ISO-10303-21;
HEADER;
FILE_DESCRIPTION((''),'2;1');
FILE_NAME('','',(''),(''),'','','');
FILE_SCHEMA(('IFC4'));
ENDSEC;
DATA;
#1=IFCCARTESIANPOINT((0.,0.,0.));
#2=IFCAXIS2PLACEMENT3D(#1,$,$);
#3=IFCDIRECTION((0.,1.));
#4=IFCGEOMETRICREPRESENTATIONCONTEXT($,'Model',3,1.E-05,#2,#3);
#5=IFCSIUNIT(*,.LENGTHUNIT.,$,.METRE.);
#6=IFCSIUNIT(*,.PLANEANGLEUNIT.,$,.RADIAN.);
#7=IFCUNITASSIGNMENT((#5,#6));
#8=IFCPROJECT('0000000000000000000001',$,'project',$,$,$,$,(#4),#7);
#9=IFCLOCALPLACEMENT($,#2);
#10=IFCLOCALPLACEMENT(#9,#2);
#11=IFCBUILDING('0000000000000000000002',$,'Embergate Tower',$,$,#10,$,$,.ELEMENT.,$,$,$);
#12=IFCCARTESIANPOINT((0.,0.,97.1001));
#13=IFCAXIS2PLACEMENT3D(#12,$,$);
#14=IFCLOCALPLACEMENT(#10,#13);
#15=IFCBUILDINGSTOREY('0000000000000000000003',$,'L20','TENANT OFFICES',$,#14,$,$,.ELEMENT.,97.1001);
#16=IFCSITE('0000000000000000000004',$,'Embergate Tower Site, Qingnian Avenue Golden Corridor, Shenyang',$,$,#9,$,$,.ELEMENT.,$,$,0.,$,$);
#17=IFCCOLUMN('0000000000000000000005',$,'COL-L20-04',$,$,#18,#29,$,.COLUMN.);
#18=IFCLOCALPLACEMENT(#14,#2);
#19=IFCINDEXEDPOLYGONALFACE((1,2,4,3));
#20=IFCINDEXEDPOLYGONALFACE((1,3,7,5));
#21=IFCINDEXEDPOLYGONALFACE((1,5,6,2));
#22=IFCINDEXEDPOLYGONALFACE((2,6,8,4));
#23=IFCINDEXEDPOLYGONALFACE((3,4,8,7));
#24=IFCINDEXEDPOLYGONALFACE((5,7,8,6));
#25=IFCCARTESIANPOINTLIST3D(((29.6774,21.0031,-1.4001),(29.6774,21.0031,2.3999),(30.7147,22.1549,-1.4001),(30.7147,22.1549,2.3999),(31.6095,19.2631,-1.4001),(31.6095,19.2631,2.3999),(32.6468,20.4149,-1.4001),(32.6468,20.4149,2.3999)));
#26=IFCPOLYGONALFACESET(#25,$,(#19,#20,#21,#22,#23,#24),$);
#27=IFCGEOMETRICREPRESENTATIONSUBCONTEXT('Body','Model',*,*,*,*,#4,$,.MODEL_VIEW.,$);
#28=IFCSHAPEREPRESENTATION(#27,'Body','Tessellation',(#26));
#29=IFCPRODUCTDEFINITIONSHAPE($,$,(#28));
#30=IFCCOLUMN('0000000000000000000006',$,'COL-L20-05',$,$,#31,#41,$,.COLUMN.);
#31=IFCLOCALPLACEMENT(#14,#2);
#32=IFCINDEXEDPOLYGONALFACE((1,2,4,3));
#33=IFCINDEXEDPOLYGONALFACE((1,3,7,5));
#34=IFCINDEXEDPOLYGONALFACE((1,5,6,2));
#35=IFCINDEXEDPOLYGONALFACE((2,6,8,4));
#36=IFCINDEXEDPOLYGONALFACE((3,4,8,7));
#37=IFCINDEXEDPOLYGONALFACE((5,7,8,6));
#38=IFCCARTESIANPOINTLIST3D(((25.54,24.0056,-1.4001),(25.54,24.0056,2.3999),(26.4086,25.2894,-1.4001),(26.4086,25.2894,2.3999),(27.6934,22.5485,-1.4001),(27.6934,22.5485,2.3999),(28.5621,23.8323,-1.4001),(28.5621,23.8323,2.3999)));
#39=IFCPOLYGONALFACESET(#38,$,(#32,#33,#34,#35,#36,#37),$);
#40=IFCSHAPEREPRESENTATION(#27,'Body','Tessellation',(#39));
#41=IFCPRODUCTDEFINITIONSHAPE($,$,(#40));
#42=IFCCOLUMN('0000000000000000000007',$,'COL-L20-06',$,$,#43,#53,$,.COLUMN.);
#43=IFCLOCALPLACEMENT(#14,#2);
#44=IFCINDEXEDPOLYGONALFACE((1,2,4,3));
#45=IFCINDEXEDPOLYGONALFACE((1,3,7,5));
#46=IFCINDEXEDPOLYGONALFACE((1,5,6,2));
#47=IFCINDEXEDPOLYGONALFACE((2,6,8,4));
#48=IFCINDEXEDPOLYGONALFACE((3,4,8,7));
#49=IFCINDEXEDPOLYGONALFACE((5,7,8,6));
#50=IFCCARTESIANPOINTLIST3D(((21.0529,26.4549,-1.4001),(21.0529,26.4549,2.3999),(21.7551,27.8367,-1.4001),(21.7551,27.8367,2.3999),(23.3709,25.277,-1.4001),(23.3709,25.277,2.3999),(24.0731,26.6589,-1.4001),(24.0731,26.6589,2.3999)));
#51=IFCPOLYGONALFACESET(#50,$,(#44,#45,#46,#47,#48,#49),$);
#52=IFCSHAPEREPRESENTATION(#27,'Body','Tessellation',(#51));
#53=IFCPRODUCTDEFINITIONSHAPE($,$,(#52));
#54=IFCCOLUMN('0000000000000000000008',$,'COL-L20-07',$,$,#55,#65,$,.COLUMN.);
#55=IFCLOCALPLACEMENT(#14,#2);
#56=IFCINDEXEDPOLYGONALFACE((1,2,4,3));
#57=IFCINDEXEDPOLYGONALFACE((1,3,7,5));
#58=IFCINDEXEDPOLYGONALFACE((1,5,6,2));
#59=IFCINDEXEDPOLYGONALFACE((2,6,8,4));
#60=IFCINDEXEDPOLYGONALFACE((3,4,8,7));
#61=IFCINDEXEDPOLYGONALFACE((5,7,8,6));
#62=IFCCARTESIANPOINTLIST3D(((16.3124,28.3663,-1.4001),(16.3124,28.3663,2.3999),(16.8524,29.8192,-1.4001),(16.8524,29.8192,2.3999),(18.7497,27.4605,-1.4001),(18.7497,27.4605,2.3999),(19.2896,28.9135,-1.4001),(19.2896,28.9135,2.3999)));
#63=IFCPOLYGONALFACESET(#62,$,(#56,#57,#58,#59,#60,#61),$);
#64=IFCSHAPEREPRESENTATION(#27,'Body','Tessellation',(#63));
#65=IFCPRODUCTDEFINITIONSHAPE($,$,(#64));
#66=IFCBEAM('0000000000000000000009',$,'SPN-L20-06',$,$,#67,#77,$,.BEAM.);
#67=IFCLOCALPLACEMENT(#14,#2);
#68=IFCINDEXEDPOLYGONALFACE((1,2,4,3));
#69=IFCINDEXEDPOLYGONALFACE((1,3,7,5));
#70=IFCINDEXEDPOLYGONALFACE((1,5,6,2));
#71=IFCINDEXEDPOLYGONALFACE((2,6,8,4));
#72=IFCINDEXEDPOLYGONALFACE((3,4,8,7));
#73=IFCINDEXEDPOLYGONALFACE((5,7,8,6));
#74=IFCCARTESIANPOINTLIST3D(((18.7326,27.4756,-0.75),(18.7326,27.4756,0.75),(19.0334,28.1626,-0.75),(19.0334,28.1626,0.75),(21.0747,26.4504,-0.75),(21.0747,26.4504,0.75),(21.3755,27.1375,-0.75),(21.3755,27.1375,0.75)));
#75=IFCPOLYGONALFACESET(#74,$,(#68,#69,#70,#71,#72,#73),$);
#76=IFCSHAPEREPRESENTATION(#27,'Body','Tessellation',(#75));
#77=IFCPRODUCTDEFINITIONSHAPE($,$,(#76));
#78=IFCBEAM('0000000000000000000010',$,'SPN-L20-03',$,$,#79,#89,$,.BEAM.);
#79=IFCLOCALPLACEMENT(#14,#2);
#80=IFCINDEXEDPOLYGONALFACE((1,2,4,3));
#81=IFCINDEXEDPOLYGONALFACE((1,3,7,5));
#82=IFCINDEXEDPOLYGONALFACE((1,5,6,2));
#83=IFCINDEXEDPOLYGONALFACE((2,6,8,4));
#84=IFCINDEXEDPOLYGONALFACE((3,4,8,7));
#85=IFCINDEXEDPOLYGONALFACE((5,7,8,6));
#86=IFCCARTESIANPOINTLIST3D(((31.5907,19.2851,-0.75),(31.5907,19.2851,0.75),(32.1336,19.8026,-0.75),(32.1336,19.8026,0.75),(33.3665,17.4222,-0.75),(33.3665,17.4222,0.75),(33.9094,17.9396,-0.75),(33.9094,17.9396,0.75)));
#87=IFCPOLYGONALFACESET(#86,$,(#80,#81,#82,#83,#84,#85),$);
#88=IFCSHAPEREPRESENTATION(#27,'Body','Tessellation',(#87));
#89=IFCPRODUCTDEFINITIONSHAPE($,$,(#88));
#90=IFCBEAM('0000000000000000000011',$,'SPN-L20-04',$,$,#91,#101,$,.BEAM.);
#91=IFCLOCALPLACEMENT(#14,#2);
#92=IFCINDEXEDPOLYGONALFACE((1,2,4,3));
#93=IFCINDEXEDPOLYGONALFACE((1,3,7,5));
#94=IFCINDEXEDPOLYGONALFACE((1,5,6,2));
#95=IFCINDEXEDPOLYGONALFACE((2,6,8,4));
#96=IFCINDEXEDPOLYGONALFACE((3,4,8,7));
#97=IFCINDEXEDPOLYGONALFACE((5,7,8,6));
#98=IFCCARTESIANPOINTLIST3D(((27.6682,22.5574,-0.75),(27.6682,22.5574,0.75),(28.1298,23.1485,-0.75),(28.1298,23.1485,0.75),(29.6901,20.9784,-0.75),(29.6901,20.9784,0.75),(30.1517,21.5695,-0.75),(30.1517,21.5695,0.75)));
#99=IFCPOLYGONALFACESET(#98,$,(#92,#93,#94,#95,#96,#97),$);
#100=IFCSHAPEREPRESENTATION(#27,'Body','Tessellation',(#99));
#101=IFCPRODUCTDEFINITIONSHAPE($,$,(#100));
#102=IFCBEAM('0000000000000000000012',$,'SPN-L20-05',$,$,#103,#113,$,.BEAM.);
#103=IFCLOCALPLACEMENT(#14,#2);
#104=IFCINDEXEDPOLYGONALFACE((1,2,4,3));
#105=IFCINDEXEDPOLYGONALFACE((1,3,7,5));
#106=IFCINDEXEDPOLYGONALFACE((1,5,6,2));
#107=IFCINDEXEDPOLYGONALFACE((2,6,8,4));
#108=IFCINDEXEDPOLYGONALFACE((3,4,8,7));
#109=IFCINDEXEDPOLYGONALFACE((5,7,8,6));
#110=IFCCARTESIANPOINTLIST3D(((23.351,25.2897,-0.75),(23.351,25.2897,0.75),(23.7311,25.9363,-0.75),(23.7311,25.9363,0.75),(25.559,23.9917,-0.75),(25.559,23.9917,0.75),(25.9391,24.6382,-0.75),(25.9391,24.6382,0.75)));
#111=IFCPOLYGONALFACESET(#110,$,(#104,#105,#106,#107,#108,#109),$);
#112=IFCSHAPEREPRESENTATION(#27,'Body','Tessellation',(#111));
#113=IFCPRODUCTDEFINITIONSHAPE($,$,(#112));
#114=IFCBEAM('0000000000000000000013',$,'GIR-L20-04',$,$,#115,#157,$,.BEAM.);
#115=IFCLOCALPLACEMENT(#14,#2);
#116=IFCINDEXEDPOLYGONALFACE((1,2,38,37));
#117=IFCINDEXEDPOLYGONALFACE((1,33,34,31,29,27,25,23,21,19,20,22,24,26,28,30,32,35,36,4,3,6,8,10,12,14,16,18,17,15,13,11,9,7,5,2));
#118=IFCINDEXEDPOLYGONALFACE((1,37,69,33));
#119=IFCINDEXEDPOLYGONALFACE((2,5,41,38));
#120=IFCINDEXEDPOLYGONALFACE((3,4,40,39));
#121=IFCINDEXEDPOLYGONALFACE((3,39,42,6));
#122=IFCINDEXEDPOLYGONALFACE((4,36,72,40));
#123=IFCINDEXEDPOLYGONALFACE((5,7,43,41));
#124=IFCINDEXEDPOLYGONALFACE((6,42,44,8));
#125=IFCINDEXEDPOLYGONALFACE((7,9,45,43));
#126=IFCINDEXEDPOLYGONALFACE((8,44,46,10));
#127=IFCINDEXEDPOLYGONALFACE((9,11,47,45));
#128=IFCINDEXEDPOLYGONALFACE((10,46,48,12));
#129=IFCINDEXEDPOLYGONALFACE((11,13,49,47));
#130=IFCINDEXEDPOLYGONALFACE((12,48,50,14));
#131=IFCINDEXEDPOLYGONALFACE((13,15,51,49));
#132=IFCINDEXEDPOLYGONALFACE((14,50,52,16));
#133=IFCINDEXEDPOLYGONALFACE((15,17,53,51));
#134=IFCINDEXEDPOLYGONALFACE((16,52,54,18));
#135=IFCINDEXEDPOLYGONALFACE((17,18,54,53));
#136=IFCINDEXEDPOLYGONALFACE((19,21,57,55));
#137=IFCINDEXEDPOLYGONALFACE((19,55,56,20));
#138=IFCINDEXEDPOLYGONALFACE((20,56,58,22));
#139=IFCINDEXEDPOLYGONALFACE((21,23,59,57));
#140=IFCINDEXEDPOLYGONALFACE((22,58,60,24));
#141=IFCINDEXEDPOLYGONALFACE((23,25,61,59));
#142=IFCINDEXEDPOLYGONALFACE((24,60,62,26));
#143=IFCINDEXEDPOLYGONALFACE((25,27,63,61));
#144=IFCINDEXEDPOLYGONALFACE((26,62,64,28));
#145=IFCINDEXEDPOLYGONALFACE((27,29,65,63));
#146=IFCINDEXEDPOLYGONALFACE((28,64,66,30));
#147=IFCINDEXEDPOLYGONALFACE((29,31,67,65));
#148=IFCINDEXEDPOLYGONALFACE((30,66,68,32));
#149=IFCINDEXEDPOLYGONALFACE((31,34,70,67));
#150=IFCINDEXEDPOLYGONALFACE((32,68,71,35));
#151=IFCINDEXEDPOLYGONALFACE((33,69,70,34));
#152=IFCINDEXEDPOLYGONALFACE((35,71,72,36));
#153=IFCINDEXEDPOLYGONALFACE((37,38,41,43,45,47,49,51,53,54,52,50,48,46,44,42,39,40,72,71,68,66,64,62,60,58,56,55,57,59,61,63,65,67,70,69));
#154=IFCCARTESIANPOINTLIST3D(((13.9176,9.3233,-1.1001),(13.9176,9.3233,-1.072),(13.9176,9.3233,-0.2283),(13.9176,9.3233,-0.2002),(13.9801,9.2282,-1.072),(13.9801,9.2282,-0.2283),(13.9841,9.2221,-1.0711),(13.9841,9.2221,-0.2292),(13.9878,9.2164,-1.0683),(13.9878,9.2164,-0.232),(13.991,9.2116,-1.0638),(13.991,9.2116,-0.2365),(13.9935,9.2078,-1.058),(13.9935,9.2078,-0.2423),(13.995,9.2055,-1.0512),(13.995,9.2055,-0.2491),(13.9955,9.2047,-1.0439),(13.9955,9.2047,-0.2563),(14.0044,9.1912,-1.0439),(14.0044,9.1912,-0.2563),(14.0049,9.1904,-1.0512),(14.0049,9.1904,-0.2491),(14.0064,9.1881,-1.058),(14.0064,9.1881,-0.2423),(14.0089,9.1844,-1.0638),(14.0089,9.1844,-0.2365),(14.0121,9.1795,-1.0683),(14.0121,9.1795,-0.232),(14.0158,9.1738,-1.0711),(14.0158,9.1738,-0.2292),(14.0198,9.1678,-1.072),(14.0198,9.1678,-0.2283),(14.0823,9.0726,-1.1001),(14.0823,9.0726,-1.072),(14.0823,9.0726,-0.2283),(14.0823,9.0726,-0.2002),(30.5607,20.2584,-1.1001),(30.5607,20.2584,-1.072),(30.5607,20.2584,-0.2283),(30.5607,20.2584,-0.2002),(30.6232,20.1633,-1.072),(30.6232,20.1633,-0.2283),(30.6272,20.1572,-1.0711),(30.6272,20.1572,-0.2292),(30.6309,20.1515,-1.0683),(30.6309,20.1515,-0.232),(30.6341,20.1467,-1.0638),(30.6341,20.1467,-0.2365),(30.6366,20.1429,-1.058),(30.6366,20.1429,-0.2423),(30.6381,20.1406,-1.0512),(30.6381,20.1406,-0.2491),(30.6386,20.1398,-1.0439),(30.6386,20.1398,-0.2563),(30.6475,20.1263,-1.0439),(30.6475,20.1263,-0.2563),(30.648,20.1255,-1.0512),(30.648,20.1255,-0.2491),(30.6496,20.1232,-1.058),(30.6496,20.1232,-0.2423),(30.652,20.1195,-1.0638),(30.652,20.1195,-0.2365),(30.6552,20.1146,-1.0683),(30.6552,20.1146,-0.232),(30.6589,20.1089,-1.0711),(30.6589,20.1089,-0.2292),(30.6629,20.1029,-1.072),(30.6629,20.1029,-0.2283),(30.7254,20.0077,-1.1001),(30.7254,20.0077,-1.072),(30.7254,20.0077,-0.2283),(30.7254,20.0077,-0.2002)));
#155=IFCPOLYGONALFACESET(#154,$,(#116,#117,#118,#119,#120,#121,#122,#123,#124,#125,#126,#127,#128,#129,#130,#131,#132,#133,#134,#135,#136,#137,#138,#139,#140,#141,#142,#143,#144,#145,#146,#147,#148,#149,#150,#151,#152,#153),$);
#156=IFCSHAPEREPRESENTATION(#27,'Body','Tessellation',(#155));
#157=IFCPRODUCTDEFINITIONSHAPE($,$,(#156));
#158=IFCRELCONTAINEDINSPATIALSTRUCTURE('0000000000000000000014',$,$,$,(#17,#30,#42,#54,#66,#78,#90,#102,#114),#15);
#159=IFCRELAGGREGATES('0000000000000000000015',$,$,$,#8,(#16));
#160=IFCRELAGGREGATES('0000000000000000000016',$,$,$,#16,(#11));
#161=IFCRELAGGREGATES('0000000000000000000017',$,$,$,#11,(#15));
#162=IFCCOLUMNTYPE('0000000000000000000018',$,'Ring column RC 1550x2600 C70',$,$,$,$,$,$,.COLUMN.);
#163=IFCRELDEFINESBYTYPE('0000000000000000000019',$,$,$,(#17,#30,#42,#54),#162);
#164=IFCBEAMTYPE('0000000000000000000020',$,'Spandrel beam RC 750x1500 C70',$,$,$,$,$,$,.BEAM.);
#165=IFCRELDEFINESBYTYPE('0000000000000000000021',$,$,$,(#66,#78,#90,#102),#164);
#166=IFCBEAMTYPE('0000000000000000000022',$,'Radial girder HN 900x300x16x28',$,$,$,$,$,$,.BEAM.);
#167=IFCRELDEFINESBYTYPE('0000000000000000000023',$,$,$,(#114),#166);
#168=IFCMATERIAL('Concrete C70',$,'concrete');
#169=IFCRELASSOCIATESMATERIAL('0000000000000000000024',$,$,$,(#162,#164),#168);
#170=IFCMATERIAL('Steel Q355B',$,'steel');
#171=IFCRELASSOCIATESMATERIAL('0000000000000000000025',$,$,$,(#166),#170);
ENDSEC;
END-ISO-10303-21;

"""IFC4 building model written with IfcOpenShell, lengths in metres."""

from ifc_helpers import new_model, si_unit, direction, frame, origin, origin_2d, place, context, subcontext, project, spatial, rectangle, i_section, extrude, source, transform, mapped, material, material_profile, profile_set, type_object, element, save


model = new_model("IFC4")

# Units and contexts
model_context = context("Model", 3, precision=1e-05, world=origin(), true_north=direction((0.0, 1.0)))
body_context = subcontext(model_context, "Body", "Model", "MODEL_VIEW")
ifc_project = project(units=[si_unit("LENGTHUNIT", "METRE"), si_unit("PLANEANGLEUNIT", "RADIAN")], contexts=[model_context])

# Site, building, storey
site_placement = place(None, origin())
site = spatial("IfcSite", under=ifc_project, at=site_placement, Name="Embergate Tower Site, Qingnian Avenue Golden Corridor, Shenyang", CompositionType="ELEMENT", RefElevation=0.0)
building_placement = place(site_placement, origin())
building = spatial("IfcBuilding", under=site, at=building_placement, Name="Embergate Tower", CompositionType="ELEMENT")
storey_placement = place(building_placement, frame((0.0, 0.0, 97.1001)))
storey = spatial("IfcBuildingStorey", under=building, at=storey_placement, Name="L20", Description="TENANT OFFICES", CompositionType="ELEMENT", Elevation=97.1001)

# Columns
ifc_material_1 = material(Name="Concrete C70", Category="concrete")
ifc_material_profile_1 = material_profile(ifc_material_1, rectangle(XDim=1.55, YDim=2.6001, at=origin_2d()), Name="RC 1550x2600")
ifc_profile_set_1 = profile_set([ifc_material_profile_1], Name="Concrete C70")
column_type = type_object("IfcColumnType", Name="Ring column RC 1550x2600 C70", PredefinedType="COLUMN", material=ifc_profile_set_1)
shared_shape_1 = source(origin(), body_context, "Body", "SweptSolid", [
    extrude(rectangle(XDim=1.55, YDim=2.6001, at=origin_2d()), origin(), (0.0, 0.0, 1.0), 3.8),
])
for number, where, z_axis, x_axis, name in (
    (1, (31.1621, 20.709, -1.4001), (0.0, 0.0, 1.0), (0.669208, 0.743075, 0.0), "COL-L20-04"),
    (2, (27.051, 23.9189, -1.4001), (0.0, 0.0, 1.0), (0.560393, 0.828227, 0.0), "COL-L20-05"),
    (3, (22.563, 26.5569, -1.4001), (0.0, 0.0, 1.0), (0.452995, 0.891513, 0.0), "COL-L20-06"),
    (4, (17.801, 28.6399, -1.4001), (0.0, 0.0, 1.0), (0.348343, 0.937367, 0.0), "COL-L20-07"),
):
    element("IfcColumn", number, at=place(storey_placement, frame(where, z_axis=z_axis, x_axis=x_axis)), inside=storey, type_object=column_type, Name=name, PredefinedType="COLUMN", context=body_context, shape_type="MappedRepresentation", body=[
        mapped(shared_shape_1, transform((0.0, 0.0, 0.0))),
    ])

# Beams
ifc_material_profile_2 = material_profile(ifc_material_1, rectangle(XDim=0.75, YDim=1.5, at=origin_2d()), Name="RC 750x1500")
ifc_profile_set_2 = profile_set([ifc_material_profile_2], Name="Concrete C70")
beam_type_1 = type_object("IfcBeamType", Name="Spandrel beam RC 750x1500 C70", PredefinedType="BEAM", material=ifc_profile_set_2)
shared_shape_2 = source(origin(), body_context, "Body", "SweptSolid", [
    extrude(rectangle(XDim=0.75, YDim=1.5, at=origin_2d()), origin(), (0.0, 0.0, 1.0), 2.5566),
])
beam_1_placement = place(storey_placement, frame((21.2251, 26.7939, 0.0), z_axis=(-0.916085, 0.400984, 0.0), x_axis=(-0.400984, -0.916085, 0.0)))
element("IfcBeam", 5, at=beam_1_placement, inside=storey, type_object=beam_type_1, Name="SPN-L20-06", PredefinedType="BEAM", context=body_context, shape_type="MappedRepresentation", body=[
    mapped(shared_shape_2, transform((0.0, 0.0, 0.0))),
])
shared_shape_3 = source(origin(), body_context, "Body", "SweptSolid", [
    extrude(rectangle(XDim=0.75, YDim=1.5, at=origin_2d()), origin(), (0.0, 0.0, 1.0), 2.5737),
])
beam_2_placement = place(storey_placement, frame((33.6379, 17.6809, 0.0), z_axis=(-0.689972, 0.723836, 0.0), x_axis=(-0.723836, -0.689972, 0.0)))
element("IfcBeam", 6, at=beam_2_placement, inside=storey, type_object=beam_type_1, Name="SPN-L20-03", PredefinedType="BEAM", context=body_context, shape_type="MappedRepresentation", body=[
    mapped(shared_shape_3, transform((0.0, 0.0, 0.0))),
])
shared_shape_4 = source(origin(), body_context, "Body", "SweptSolid", [
    extrude(rectangle(XDim=0.75, YDim=1.5, at=origin_2d()), origin(), (0.0, 0.0, 1.0), 2.5654),
])
beam_3_placement = place(storey_placement, frame((29.9209, 21.2739, 0.0), z_axis=(-0.788131, 0.615507, 0.0), x_axis=(-0.615507, -0.788131, 0.0)))
element("IfcBeam", 7, at=beam_3_placement, inside=storey, type_object=beam_type_1, Name="SPN-L20-04", PredefinedType="BEAM", context=body_context, shape_type="MappedRepresentation", body=[
    mapped(shared_shape_4, transform((0.0, 0.0, 0.0))),
])
shared_shape_5 = source(origin(), body_context, "Body", "SweptSolid", [
    extrude(rectangle(XDim=0.75, YDim=1.5, at=origin_2d()), origin(), (0.0, 0.0, 1.0), 2.5613),
])
beam_4_placement = place(storey_placement, frame((25.749, 24.3149, 0.0), z_axis=(-0.862059, 0.506808, 0.0), x_axis=(-0.506808, -0.862059, 0.0)))
element("IfcBeam", 8, at=beam_4_placement, inside=storey, type_object=beam_type_1, Name="SPN-L20-05", PredefinedType="BEAM", context=body_context, shape_type="MappedRepresentation", body=[
    mapped(shared_shape_5, transform((0.0, 0.0, 0.0))),
])
ifc_material_2 = material(Name="Steel Q355B", Category="steel")
ifc_material_profile_3 = material_profile(ifc_material_2, i_section(OverallWidth=0.3, OverallDepth=0.8999, WebThickness=0.0161, FlangeThickness=0.0281, FilletRadius=0.0281, at=origin_2d()), Name="HN 900x300x16x28")
ifc_profile_set_3 = profile_set([ifc_material_profile_3], Name="Steel Q355 grade B")
beam_type_2 = type_object("IfcBeamType", Name="Radial girder HN 900x300x16x28", PredefinedType="BEAM", material=ifc_profile_set_3)
shared_shape_6 = source(origin(), body_context, "Body", "SweptSolid", [
    extrude(i_section(OverallWidth=0.3, OverallDepth=0.8999, WebThickness=0.0161, FlangeThickness=0.0281, FilletRadius=0.0281, at=origin_2d()), origin(), (0.0, 0.0, 1.0), 19.9141),
])
beam_5_placement = place(storey_placement, frame((30.6431, 20.1331, -0.6501), z_axis=(-0.835747, -0.549114, 0.0), x_axis=(0.549114, -0.835747, 0.0)))
element("IfcBeam", 9, at=beam_5_placement, inside=storey, type_object=beam_type_2, Name="GIR-L20-04", PredefinedType="BEAM", context=body_context, shape_type="MappedRepresentation", body=[
    mapped(shared_shape_6, transform((0.0, 0.0, 0.0))),
])

save(model, "model.ifc")
